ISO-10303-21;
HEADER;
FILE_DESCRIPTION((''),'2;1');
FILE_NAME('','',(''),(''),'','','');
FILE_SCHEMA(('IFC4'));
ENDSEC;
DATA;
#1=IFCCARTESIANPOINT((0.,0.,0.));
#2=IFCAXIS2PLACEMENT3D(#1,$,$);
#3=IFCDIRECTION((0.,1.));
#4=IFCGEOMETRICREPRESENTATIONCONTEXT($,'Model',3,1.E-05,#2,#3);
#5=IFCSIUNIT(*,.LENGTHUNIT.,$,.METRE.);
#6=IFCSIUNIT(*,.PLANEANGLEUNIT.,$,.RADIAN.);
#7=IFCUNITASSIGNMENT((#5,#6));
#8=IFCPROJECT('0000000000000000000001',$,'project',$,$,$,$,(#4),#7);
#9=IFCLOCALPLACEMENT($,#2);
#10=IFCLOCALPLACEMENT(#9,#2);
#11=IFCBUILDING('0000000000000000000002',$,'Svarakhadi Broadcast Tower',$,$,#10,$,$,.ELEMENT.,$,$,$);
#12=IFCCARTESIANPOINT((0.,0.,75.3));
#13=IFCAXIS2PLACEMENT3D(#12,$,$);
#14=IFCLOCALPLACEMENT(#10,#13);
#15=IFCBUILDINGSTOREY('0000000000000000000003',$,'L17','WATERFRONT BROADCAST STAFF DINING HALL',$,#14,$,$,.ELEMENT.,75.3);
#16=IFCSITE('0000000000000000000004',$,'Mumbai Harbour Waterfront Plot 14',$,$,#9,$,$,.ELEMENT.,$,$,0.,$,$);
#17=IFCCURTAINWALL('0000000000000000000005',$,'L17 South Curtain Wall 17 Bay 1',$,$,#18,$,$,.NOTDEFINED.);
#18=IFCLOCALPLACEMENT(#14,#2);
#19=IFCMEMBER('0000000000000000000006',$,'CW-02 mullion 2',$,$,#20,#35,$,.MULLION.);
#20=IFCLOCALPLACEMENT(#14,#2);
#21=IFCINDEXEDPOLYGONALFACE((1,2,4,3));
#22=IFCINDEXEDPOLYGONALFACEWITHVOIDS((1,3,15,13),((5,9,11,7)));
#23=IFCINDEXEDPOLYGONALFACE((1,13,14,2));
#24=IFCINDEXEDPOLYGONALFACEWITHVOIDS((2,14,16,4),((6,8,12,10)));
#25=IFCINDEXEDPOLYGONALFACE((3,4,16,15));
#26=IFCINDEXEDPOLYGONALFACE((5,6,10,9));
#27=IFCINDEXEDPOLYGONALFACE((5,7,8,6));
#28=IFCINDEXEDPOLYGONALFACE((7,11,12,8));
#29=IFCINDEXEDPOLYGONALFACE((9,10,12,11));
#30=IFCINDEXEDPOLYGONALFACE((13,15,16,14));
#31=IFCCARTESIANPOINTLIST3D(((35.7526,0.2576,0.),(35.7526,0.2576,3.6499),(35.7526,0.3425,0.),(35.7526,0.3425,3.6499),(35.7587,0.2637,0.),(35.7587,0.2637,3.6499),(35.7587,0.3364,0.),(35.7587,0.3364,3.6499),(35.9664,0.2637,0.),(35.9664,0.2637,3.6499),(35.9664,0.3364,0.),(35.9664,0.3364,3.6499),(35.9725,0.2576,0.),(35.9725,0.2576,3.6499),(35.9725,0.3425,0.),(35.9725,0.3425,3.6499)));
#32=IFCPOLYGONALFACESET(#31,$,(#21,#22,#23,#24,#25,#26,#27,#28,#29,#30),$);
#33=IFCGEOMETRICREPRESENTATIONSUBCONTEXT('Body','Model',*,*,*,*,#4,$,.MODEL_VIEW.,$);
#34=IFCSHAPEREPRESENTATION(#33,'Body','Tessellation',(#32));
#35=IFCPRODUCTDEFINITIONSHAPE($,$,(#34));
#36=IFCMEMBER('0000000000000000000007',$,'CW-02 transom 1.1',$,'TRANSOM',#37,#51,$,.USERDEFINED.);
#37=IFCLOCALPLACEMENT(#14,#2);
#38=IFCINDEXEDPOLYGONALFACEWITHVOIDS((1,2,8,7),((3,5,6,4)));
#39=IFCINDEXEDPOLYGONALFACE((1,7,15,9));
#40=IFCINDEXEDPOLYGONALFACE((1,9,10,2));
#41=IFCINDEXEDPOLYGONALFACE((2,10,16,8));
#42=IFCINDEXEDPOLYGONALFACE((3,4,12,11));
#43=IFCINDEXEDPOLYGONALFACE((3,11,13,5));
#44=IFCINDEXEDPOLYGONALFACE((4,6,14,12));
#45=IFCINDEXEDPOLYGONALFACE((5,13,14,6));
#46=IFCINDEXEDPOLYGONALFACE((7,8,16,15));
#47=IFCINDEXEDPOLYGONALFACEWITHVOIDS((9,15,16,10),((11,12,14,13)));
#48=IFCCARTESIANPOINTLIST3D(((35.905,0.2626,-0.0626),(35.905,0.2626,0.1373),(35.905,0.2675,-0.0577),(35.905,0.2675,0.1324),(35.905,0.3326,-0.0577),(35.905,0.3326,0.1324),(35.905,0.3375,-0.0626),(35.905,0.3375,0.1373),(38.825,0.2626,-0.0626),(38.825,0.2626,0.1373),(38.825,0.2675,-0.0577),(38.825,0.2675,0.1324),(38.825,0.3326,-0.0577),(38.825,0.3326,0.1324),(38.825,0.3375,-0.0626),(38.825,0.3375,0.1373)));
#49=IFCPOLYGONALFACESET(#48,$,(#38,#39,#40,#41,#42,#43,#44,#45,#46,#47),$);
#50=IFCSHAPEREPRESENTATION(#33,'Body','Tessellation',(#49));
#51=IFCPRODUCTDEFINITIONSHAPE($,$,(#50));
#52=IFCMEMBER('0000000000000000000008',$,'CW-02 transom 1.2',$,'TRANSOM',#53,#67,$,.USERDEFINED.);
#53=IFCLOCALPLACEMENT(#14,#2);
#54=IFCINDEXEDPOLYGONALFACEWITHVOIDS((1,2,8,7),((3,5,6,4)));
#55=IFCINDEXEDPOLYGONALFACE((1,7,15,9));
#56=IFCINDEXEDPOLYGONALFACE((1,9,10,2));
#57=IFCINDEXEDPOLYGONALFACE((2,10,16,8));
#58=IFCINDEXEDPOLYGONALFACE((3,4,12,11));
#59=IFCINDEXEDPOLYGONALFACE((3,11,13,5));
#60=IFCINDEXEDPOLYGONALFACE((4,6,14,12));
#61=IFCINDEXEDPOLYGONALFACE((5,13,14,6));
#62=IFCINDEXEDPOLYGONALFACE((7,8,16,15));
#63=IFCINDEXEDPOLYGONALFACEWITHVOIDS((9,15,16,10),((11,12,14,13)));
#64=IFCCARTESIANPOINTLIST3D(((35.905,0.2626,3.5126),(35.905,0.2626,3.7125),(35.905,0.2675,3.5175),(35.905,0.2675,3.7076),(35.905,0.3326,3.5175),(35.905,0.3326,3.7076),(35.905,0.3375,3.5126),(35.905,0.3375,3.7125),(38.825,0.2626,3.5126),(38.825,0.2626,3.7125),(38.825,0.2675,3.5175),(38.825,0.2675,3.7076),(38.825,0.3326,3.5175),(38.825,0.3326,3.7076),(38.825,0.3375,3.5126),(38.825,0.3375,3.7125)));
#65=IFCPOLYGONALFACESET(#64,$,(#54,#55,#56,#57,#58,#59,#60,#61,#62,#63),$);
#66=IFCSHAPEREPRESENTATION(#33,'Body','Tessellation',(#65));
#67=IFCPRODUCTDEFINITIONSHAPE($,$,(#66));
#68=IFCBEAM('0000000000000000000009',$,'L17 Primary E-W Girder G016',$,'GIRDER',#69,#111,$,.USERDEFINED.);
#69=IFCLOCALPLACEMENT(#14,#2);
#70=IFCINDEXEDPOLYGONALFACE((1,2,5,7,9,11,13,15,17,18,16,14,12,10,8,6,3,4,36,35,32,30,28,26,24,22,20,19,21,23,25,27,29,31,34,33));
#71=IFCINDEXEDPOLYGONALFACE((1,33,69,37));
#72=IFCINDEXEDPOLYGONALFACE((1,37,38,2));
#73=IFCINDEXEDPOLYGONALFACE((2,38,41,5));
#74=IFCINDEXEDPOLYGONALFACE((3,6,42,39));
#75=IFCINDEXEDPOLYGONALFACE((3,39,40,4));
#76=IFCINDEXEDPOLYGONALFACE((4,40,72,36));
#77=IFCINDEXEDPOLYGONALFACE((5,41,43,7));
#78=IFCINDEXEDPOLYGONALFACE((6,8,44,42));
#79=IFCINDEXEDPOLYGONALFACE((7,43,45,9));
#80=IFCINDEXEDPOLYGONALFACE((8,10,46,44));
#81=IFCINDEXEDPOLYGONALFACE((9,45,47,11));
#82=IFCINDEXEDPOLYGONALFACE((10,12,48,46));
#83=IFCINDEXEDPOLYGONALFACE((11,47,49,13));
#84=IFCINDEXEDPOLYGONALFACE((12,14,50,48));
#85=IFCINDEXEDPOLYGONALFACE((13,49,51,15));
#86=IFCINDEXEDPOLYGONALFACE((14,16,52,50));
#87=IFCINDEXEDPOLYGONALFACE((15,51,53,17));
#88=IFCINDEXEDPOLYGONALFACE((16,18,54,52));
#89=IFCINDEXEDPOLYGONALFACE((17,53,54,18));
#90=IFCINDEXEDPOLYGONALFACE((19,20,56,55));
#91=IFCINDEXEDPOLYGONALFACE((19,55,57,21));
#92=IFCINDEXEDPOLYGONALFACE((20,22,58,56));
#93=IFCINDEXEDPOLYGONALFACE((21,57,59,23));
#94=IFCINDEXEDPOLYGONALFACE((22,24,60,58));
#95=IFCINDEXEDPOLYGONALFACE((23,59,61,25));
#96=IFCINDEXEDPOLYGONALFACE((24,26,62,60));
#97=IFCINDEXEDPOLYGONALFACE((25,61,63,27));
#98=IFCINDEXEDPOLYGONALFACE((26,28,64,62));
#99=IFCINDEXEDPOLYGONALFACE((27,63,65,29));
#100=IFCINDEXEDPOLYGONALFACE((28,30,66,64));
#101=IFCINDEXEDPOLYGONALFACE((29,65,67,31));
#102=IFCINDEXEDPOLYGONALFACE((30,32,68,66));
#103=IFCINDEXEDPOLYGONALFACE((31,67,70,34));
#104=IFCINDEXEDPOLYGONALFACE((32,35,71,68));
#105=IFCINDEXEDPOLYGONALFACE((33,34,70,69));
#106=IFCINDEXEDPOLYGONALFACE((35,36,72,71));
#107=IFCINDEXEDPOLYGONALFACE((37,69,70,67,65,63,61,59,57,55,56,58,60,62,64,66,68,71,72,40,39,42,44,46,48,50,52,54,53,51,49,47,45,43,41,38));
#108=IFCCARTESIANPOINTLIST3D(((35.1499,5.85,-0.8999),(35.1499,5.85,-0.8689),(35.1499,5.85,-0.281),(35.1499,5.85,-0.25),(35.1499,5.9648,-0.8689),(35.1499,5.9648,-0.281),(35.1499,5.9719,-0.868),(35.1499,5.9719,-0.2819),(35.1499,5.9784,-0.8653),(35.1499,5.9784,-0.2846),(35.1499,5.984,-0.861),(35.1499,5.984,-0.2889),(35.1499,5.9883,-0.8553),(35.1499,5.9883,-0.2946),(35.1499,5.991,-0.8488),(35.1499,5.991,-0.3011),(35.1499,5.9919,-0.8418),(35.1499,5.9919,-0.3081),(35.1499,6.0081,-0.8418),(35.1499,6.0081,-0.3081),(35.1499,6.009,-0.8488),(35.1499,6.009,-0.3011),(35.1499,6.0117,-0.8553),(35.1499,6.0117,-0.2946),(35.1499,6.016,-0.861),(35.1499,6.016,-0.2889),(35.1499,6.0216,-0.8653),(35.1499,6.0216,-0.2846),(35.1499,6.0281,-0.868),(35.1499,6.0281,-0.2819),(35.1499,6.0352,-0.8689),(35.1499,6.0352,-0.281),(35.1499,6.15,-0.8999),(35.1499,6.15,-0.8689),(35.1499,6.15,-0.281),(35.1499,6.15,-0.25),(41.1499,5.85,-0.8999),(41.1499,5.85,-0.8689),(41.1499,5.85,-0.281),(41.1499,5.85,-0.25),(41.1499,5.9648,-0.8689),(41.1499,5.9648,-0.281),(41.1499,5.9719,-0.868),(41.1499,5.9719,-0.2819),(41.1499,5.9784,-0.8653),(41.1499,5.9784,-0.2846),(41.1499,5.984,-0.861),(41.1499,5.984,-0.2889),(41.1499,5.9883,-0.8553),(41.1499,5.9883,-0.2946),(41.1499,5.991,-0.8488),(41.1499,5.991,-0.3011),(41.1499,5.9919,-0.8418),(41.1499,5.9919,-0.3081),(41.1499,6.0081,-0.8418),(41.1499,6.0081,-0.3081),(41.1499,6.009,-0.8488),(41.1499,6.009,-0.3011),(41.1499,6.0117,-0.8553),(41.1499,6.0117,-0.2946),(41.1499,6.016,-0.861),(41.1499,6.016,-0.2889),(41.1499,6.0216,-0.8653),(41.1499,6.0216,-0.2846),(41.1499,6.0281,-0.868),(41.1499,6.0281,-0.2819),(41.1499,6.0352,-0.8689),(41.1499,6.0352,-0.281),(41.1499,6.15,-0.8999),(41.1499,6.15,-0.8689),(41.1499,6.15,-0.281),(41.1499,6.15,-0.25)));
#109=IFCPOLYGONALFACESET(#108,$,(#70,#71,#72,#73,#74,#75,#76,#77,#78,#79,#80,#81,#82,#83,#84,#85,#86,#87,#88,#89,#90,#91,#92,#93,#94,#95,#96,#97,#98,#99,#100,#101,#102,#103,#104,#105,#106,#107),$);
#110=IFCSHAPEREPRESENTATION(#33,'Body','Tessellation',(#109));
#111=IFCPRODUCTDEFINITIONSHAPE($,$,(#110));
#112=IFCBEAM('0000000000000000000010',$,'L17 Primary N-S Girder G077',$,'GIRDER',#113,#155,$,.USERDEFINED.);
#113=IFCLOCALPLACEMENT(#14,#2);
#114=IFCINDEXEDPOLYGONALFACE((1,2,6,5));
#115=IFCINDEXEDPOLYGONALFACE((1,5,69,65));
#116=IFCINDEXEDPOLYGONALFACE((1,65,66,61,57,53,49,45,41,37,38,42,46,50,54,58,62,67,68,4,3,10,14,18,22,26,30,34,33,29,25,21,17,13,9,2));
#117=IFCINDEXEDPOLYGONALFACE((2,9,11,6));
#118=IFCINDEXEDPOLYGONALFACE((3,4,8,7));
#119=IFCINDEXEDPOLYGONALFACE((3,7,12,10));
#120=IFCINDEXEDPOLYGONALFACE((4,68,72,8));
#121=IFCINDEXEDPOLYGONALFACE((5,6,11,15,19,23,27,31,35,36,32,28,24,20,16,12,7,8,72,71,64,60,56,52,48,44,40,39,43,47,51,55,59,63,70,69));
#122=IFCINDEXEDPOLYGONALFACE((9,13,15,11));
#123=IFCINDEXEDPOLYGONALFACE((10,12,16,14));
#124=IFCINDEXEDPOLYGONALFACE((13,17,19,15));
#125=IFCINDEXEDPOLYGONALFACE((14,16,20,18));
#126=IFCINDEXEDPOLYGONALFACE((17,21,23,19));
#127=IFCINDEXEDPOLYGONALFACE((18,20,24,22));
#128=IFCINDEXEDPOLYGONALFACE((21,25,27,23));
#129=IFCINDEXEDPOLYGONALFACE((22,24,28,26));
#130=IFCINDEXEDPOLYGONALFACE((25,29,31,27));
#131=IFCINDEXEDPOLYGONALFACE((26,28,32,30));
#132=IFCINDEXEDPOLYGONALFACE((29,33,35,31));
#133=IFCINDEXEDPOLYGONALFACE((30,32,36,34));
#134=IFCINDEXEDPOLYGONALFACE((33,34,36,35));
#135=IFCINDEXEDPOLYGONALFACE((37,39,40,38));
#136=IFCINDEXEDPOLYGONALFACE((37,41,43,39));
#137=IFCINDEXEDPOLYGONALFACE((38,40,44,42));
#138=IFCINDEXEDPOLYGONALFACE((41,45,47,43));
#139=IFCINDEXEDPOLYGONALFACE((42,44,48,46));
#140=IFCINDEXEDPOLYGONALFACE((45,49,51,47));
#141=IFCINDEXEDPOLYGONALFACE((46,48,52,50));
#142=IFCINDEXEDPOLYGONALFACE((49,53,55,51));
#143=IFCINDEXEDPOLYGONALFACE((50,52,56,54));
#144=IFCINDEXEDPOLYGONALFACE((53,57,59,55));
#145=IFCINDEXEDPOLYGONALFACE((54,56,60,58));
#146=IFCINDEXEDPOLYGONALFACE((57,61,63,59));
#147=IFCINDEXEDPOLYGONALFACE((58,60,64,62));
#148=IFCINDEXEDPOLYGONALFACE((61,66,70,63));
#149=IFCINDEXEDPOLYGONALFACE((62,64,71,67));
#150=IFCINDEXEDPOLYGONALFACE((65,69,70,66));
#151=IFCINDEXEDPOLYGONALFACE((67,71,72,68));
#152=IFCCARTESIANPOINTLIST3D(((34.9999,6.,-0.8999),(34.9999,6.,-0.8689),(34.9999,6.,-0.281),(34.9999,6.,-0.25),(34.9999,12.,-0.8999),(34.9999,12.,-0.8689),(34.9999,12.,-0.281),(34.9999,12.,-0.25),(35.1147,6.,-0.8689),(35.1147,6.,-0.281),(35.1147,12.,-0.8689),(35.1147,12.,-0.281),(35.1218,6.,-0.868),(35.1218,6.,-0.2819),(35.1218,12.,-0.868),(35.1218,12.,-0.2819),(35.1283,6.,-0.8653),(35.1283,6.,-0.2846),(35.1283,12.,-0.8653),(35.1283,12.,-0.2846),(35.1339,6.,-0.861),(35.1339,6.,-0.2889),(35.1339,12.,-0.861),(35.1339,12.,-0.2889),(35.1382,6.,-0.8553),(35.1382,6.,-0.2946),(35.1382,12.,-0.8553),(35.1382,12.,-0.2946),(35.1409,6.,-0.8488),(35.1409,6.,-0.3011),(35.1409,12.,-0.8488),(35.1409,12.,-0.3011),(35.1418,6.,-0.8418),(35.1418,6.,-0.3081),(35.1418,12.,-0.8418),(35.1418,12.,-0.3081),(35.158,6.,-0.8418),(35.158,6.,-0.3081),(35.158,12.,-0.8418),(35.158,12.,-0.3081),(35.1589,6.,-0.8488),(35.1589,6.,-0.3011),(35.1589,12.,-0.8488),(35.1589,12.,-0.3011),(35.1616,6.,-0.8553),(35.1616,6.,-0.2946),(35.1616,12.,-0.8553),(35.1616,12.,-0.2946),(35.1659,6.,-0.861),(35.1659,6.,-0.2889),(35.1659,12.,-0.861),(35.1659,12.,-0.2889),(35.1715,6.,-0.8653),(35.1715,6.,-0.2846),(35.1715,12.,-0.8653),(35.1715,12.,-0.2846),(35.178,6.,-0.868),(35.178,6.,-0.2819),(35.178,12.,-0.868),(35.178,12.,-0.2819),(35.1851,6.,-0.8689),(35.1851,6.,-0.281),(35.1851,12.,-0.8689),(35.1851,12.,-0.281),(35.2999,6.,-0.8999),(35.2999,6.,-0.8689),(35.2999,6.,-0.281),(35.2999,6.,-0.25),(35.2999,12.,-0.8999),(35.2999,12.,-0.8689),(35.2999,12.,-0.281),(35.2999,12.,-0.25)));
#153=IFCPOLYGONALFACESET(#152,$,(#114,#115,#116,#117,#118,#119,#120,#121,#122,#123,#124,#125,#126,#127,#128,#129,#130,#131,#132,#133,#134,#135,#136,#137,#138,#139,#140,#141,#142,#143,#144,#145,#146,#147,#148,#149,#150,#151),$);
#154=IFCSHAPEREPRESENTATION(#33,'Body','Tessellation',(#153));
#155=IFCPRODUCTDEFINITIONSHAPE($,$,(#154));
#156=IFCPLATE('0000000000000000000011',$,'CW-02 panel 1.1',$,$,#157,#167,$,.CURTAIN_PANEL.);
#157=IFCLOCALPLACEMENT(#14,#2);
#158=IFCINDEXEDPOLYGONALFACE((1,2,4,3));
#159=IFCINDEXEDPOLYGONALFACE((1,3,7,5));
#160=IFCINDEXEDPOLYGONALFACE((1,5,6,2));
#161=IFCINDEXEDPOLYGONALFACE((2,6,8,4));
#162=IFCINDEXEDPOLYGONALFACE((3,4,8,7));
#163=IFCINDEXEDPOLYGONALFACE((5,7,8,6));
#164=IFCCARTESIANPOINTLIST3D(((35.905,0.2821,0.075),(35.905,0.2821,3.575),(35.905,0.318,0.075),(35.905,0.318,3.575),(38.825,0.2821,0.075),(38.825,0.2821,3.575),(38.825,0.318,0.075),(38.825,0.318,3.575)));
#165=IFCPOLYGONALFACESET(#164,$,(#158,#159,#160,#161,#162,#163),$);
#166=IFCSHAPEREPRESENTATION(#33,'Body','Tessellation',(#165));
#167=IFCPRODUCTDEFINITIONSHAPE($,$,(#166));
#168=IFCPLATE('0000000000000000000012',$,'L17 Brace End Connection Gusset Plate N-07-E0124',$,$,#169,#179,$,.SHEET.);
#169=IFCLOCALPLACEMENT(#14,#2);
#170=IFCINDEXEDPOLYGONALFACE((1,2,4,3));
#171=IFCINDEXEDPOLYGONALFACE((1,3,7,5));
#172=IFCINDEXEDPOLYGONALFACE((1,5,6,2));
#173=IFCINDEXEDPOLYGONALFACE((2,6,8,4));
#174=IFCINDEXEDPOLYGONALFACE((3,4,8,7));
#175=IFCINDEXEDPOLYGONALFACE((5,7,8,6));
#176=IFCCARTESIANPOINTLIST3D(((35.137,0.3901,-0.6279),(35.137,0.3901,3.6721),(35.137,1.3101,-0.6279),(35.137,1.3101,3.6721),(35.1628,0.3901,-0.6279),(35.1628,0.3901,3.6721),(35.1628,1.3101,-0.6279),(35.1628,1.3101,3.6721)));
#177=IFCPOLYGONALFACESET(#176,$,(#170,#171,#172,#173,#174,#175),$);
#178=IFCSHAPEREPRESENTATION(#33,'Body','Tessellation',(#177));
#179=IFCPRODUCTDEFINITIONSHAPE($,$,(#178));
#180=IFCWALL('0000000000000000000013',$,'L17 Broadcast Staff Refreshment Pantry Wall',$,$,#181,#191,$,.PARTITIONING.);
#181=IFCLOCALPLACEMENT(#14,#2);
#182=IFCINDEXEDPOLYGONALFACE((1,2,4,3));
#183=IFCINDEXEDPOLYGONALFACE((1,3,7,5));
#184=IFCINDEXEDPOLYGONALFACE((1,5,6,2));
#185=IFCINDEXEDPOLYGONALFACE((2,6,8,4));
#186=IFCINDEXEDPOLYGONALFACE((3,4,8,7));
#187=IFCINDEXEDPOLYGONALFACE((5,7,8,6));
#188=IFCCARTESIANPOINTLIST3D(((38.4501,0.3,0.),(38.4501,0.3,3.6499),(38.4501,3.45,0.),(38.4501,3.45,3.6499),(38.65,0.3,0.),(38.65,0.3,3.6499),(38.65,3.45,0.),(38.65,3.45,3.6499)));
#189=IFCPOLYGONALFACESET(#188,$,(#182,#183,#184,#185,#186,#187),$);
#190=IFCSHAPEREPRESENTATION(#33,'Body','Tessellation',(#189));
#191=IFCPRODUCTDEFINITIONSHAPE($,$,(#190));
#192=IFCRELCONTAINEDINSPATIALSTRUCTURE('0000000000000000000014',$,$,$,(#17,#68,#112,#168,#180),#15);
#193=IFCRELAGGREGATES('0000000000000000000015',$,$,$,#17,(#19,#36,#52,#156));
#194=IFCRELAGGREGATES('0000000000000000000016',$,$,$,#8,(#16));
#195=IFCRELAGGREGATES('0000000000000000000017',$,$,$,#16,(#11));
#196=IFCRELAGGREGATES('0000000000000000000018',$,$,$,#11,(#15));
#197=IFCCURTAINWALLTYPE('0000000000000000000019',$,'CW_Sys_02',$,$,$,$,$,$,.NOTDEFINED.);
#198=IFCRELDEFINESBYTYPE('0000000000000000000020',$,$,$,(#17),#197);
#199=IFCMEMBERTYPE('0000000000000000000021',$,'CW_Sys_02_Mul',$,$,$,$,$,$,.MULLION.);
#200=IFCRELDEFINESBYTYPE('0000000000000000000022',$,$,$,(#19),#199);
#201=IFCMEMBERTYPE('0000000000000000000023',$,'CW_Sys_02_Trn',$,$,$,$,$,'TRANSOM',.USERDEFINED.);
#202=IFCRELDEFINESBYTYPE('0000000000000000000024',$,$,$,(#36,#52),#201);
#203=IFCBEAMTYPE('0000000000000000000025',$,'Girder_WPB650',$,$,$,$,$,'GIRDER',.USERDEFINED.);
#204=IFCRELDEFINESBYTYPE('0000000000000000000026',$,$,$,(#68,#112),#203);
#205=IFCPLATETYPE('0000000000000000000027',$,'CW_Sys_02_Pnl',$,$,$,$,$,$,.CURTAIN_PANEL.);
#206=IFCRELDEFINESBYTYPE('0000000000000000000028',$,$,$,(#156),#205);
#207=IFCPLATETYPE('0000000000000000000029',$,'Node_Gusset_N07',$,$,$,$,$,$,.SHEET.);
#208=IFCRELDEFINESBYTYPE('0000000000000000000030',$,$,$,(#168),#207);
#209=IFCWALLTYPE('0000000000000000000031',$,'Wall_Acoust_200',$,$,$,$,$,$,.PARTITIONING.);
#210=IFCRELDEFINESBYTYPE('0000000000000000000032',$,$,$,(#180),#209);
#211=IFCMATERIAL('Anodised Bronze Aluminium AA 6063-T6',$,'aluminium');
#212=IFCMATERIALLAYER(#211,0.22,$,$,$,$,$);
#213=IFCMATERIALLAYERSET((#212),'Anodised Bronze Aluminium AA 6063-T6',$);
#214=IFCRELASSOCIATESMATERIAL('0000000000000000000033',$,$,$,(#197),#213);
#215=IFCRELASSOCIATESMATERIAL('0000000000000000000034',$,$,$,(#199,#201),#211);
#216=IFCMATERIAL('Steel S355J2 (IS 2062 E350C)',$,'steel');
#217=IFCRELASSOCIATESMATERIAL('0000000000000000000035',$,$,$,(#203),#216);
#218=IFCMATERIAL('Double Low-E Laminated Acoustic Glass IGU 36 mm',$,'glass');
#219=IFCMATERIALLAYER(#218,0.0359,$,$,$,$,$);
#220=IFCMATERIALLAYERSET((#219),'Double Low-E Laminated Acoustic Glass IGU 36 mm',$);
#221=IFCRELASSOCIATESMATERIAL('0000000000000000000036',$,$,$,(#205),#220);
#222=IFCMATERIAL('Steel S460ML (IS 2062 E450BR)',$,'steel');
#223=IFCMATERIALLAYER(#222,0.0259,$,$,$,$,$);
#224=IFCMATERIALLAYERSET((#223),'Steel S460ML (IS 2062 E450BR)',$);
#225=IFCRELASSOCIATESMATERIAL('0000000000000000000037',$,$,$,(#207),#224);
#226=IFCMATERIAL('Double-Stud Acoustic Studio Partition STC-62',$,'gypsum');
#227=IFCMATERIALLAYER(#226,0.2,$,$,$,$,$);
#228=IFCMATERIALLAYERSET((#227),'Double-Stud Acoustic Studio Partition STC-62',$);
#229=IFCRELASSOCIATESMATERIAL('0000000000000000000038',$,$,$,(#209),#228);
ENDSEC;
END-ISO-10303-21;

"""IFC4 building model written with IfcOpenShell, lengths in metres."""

from ifc_helpers import new_model, si_unit, direction, frame, frame_2d, origin, origin_2d, place, context, subcontext, project, spatial, rectangle, hollow_rectangle, i_section, extrude, material, layer, layer_set, material_profile, profile_set, type_object, element, aggregate, save


model = new_model("IFC4")

# Units and contexts
model_context = context("Model", 3, precision=1e-05, world=origin(), true_north=direction((0.0, 1.0)))
body_context = subcontext(model_context, "Body", "Model", "MODEL_VIEW")
ifc_project = project(units=[si_unit("LENGTHUNIT", "METRE"), si_unit("PLANEANGLEUNIT", "RADIAN")], contexts=[model_context])

# Site, building, storey
site_placement = place(None, origin())
site = spatial("IfcSite", under=ifc_project, at=site_placement, Name="Mumbai Harbour Waterfront Plot 14", CompositionType="ELEMENT", RefElevation=0.0)
building_placement = place(site_placement, origin())
building = spatial("IfcBuilding", under=site, at=building_placement, Name="Svarakhadi Broadcast Tower", CompositionType="ELEMENT")
storey_placement = place(building_placement, frame((0.0, 0.0, 75.3)))
storey = spatial("IfcBuildingStorey", under=building, at=storey_placement, Name="L17", Description="WATERFRONT BROADCAST STAFF DINING HALL", CompositionType="ELEMENT", Elevation=75.3)

# Shared definitions
ifc_material_1 = material(Name="Steel S460ML (IS 2062 E450BR)", Category="steel")

# Shared definitions
ifc_material_2 = material(Name="Steel S355J2 (IS 2062 E350C)", Category="steel")

# Curtain wall, members
ifc_material_3 = material(Name="Anodised Bronze Aluminium AA 6063-T6", Category="aluminium")
ifc_layer_1 = layer(ifc_material_3, 0.22)
ifc_layer_set_1 = layer_set([ifc_layer_1], Name="Anodised Bronze Aluminium AA 6063-T6")
curtain_wall_type = type_object("IfcCurtainWallType", Name="CW_Sys_02", PredefinedType="NOTDEFINED", material=ifc_layer_set_1)
curtain_wall_placement = place(storey_placement, origin())
curtain_wall = element("IfcCurtainWall", 1, at=curtain_wall_placement, inside=storey, type_object=curtain_wall_type, Name="L17 South Curtain Wall 17 Bay 1", PredefinedType="NOTDEFINED")
ifc_material_profile_1 = material_profile(ifc_material_3, hollow_rectangle(XDim=0.085, YDim=0.22, WallThickness=0.0061, at=origin_2d()), Name="ALU MULLION 220x85x6")
ifc_profile_set_1 = profile_set([ifc_material_profile_1], Name="Anodised Bronze Aluminium AA 6063-T6")
member_type_1 = type_object("IfcMemberType", Name="CW_Sys_02_Mul", PredefinedType="MULLION", material=ifc_profile_set_1)
member_1_placement = place(storey_placement, frame((35.8625, 0.3, 0.0), z_axis=(0.0, 0.0, 1.0), x_axis=(0.0, -1.0, 0.0)))
member_1 = element("IfcMember", 2, at=member_1_placement, type_object=member_type_1, Name="CW-02 mullion 2", PredefinedType="MULLION", context=body_context, shape_type="SweptSolid", body=[
    extrude(hollow_rectangle(XDim=0.085, YDim=0.22, WallThickness=0.0061, at=origin_2d()), origin(), (0.0, 0.0, 1.0), 3.6499),
])
ifc_material_profile_2 = material_profile(ifc_material_3, hollow_rectangle(XDim=0.075, YDim=0.2, WallThickness=0.0049, at=origin_2d()), Name="ALU TRANSOM 200x75x5")
ifc_profile_set_2 = profile_set([ifc_material_profile_2], Name="Anodised Bronze Aluminium AA 6063-T6")
member_type_2 = type_object("IfcMemberType", Name="CW_Sys_02_Trn", ElementType="TRANSOM", PredefinedType="USERDEFINED", material=ifc_profile_set_2)
member_2_placement = place(storey_placement, frame((38.825, 0.3, 0.0374), z_axis=(-1.0, 0.0, 0.0), x_axis=(0.0, -1.0, 0.0)))
member_2 = element("IfcMember", 3, at=member_2_placement, type_object=member_type_2, Name="CW-02 transom 1.1", ObjectType="TRANSOM", PredefinedType="USERDEFINED", context=body_context, shape_type="SweptSolid", body=[
    extrude(hollow_rectangle(XDim=0.075, YDim=0.2, WallThickness=0.0049, at=origin_2d()), origin(), (0.0, 0.0, 1.0), 2.9199),
])
member_3_placement = place(storey_placement, frame((38.825, 0.3, 3.6125), z_axis=(-1.0, 0.0, 0.0), x_axis=(0.0, -1.0, 0.0)))
member_3 = element("IfcMember", 4, at=member_3_placement, type_object=member_type_2, Name="CW-02 transom 1.2", ObjectType="TRANSOM", PredefinedType="USERDEFINED", context=body_context, shape_type="SweptSolid", body=[
    extrude(hollow_rectangle(XDim=0.075, YDim=0.2, WallThickness=0.0049, at=origin_2d()), origin(), (0.0, 0.0, 1.0), 2.9199),
])

# Beams
ifc_material_profile_3 = material_profile(ifc_material_2, i_section(OverallWidth=0.3, OverallDepth=0.6499, WebThickness=0.0161, FlangeThickness=0.031, FilletRadius=0.0271, at=origin_2d()), Name="WPB 650x300x225")
ifc_profile_set_3 = profile_set([ifc_material_profile_3], Name="Steel S355J2 (IS 2062 E350C)")
beam_type_1 = type_object("IfcBeamType", Name="Girder_WPB650", ElementType="GIRDER", PredefinedType="USERDEFINED", material=ifc_profile_set_3)
for number, where, z_axis, x_axis, name in (
    (5, (35.1499, 6.0, -0.575), (1.0, 0.0, 0.0), (0.0, 1.0, 0.0), "L17 Primary E-W Girder G016"),
    (6, (35.1499, 6.0, -0.575), (0.0, 1.0, 0.0), (-1.0, 0.0, 0.0), "L17 Primary N-S Girder G077"),
):
    element("IfcBeam", number, at=place(storey_placement, frame(where, z_axis=z_axis, x_axis=x_axis)), inside=storey, type_object=beam_type_1, Name=name, ObjectType="GIRDER", PredefinedType="USERDEFINED", context=body_context, shape_type="SweptSolid", body=[
        extrude(i_section(OverallWidth=0.3, OverallDepth=0.6499, WebThickness=0.0161, FlangeThickness=0.031, FilletRadius=0.0271, at=origin_2d()), origin(), (0.0, 0.0, 1.0), 6.0),
    ])

# Plates
ifc_material_4 = material(Name="Double Low-E Laminated Acoustic Glass IGU 36 mm", Category="glass")
ifc_layer_2 = layer(ifc_material_4, 0.0359)
ifc_layer_set_2 = layer_set([ifc_layer_2], Name="Double Low-E Laminated Acoustic Glass IGU 36 mm")
plate_type_1 = type_object("IfcPlateType", Name="CW_Sys_02_Pnl", PredefinedType="CURTAIN_PANEL", material=ifc_layer_set_2)
plate_1_placement = place(storey_placement, frame((37.365, 0.3, 0.075), z_axis=(0.0, 0.0, 1.0), x_axis=(-1.0, 0.0, 0.0)))
plate_1 = element("IfcPlate", 7, at=plate_1_placement, type_object=plate_type_1, Name="CW-02 panel 1.1", PredefinedType="CURTAIN_PANEL", context=body_context, shape_type="SweptSolid", body=[
    extrude(rectangle(XDim=2.9199, YDim=0.0359, at=origin_2d()), origin(), (0.0, 0.0, 1.0), 3.5),
])
aggregate(curtain_wall, [member_1, member_2, member_3, plate_1])
ifc_layer_3 = layer(ifc_material_1, 0.0259)
ifc_layer_set_3 = layer_set([ifc_layer_3], Name="Steel S460ML (IS 2062 E450BR)")
plate_type_2 = type_object("IfcPlateType", Name="Node_Gusset_N07", PredefinedType="SHEET", material=ifc_layer_set_3)
plate_2_placement = place(storey_placement, frame((35.1499, 0.8501, -0.6279), z_axis=(0.0, 0.0, 1.0), x_axis=(0.0, 1.0, 0.0)))
element("IfcPlate", 8, at=plate_2_placement, inside=storey, type_object=plate_type_2, Name="L17 Brace End Connection Gusset Plate N-07-E0124", PredefinedType="SHEET", context=body_context, shape_type="SweptSolid", body=[
    extrude(rectangle(XDim=0.9199, YDim=0.0259, at=origin_2d()), origin(), (0.0, 0.0, 1.0), 4.3),
])

# Wall
ifc_material_5 = material(Name="Double-Stud Acoustic Studio Partition STC-62", Category="gypsum")
ifc_layer_4 = layer(ifc_material_5, 0.2)
ifc_layer_set_4 = layer_set([ifc_layer_4], Name="Double-Stud Acoustic Studio Partition STC-62")
wall_type_1 = type_object("IfcWallType", Name="Wall_Acoust_200", PredefinedType="PARTITIONING", material=ifc_layer_set_4)
wall_1_placement = place(storey_placement, frame((38.55, 0.3, 0.0), z_axis=(0.0, 0.0, 1.0), x_axis=(0.0, 1.0, 0.0)))
element("IfcWall", 9, at=wall_1_placement, inside=storey, type_object=wall_type_1, Name="L17 Broadcast Staff Refreshment Pantry Wall", PredefinedType="PARTITIONING", context=body_context, shape_type="SweptSolid", body=[
    extrude(rectangle(XDim=3.1499, YDim=0.2, at=frame_2d((1.575, 0.0))), origin(), (0.0, 0.0, 1.0), 3.6499),
])

save(model, "model.ifc")
